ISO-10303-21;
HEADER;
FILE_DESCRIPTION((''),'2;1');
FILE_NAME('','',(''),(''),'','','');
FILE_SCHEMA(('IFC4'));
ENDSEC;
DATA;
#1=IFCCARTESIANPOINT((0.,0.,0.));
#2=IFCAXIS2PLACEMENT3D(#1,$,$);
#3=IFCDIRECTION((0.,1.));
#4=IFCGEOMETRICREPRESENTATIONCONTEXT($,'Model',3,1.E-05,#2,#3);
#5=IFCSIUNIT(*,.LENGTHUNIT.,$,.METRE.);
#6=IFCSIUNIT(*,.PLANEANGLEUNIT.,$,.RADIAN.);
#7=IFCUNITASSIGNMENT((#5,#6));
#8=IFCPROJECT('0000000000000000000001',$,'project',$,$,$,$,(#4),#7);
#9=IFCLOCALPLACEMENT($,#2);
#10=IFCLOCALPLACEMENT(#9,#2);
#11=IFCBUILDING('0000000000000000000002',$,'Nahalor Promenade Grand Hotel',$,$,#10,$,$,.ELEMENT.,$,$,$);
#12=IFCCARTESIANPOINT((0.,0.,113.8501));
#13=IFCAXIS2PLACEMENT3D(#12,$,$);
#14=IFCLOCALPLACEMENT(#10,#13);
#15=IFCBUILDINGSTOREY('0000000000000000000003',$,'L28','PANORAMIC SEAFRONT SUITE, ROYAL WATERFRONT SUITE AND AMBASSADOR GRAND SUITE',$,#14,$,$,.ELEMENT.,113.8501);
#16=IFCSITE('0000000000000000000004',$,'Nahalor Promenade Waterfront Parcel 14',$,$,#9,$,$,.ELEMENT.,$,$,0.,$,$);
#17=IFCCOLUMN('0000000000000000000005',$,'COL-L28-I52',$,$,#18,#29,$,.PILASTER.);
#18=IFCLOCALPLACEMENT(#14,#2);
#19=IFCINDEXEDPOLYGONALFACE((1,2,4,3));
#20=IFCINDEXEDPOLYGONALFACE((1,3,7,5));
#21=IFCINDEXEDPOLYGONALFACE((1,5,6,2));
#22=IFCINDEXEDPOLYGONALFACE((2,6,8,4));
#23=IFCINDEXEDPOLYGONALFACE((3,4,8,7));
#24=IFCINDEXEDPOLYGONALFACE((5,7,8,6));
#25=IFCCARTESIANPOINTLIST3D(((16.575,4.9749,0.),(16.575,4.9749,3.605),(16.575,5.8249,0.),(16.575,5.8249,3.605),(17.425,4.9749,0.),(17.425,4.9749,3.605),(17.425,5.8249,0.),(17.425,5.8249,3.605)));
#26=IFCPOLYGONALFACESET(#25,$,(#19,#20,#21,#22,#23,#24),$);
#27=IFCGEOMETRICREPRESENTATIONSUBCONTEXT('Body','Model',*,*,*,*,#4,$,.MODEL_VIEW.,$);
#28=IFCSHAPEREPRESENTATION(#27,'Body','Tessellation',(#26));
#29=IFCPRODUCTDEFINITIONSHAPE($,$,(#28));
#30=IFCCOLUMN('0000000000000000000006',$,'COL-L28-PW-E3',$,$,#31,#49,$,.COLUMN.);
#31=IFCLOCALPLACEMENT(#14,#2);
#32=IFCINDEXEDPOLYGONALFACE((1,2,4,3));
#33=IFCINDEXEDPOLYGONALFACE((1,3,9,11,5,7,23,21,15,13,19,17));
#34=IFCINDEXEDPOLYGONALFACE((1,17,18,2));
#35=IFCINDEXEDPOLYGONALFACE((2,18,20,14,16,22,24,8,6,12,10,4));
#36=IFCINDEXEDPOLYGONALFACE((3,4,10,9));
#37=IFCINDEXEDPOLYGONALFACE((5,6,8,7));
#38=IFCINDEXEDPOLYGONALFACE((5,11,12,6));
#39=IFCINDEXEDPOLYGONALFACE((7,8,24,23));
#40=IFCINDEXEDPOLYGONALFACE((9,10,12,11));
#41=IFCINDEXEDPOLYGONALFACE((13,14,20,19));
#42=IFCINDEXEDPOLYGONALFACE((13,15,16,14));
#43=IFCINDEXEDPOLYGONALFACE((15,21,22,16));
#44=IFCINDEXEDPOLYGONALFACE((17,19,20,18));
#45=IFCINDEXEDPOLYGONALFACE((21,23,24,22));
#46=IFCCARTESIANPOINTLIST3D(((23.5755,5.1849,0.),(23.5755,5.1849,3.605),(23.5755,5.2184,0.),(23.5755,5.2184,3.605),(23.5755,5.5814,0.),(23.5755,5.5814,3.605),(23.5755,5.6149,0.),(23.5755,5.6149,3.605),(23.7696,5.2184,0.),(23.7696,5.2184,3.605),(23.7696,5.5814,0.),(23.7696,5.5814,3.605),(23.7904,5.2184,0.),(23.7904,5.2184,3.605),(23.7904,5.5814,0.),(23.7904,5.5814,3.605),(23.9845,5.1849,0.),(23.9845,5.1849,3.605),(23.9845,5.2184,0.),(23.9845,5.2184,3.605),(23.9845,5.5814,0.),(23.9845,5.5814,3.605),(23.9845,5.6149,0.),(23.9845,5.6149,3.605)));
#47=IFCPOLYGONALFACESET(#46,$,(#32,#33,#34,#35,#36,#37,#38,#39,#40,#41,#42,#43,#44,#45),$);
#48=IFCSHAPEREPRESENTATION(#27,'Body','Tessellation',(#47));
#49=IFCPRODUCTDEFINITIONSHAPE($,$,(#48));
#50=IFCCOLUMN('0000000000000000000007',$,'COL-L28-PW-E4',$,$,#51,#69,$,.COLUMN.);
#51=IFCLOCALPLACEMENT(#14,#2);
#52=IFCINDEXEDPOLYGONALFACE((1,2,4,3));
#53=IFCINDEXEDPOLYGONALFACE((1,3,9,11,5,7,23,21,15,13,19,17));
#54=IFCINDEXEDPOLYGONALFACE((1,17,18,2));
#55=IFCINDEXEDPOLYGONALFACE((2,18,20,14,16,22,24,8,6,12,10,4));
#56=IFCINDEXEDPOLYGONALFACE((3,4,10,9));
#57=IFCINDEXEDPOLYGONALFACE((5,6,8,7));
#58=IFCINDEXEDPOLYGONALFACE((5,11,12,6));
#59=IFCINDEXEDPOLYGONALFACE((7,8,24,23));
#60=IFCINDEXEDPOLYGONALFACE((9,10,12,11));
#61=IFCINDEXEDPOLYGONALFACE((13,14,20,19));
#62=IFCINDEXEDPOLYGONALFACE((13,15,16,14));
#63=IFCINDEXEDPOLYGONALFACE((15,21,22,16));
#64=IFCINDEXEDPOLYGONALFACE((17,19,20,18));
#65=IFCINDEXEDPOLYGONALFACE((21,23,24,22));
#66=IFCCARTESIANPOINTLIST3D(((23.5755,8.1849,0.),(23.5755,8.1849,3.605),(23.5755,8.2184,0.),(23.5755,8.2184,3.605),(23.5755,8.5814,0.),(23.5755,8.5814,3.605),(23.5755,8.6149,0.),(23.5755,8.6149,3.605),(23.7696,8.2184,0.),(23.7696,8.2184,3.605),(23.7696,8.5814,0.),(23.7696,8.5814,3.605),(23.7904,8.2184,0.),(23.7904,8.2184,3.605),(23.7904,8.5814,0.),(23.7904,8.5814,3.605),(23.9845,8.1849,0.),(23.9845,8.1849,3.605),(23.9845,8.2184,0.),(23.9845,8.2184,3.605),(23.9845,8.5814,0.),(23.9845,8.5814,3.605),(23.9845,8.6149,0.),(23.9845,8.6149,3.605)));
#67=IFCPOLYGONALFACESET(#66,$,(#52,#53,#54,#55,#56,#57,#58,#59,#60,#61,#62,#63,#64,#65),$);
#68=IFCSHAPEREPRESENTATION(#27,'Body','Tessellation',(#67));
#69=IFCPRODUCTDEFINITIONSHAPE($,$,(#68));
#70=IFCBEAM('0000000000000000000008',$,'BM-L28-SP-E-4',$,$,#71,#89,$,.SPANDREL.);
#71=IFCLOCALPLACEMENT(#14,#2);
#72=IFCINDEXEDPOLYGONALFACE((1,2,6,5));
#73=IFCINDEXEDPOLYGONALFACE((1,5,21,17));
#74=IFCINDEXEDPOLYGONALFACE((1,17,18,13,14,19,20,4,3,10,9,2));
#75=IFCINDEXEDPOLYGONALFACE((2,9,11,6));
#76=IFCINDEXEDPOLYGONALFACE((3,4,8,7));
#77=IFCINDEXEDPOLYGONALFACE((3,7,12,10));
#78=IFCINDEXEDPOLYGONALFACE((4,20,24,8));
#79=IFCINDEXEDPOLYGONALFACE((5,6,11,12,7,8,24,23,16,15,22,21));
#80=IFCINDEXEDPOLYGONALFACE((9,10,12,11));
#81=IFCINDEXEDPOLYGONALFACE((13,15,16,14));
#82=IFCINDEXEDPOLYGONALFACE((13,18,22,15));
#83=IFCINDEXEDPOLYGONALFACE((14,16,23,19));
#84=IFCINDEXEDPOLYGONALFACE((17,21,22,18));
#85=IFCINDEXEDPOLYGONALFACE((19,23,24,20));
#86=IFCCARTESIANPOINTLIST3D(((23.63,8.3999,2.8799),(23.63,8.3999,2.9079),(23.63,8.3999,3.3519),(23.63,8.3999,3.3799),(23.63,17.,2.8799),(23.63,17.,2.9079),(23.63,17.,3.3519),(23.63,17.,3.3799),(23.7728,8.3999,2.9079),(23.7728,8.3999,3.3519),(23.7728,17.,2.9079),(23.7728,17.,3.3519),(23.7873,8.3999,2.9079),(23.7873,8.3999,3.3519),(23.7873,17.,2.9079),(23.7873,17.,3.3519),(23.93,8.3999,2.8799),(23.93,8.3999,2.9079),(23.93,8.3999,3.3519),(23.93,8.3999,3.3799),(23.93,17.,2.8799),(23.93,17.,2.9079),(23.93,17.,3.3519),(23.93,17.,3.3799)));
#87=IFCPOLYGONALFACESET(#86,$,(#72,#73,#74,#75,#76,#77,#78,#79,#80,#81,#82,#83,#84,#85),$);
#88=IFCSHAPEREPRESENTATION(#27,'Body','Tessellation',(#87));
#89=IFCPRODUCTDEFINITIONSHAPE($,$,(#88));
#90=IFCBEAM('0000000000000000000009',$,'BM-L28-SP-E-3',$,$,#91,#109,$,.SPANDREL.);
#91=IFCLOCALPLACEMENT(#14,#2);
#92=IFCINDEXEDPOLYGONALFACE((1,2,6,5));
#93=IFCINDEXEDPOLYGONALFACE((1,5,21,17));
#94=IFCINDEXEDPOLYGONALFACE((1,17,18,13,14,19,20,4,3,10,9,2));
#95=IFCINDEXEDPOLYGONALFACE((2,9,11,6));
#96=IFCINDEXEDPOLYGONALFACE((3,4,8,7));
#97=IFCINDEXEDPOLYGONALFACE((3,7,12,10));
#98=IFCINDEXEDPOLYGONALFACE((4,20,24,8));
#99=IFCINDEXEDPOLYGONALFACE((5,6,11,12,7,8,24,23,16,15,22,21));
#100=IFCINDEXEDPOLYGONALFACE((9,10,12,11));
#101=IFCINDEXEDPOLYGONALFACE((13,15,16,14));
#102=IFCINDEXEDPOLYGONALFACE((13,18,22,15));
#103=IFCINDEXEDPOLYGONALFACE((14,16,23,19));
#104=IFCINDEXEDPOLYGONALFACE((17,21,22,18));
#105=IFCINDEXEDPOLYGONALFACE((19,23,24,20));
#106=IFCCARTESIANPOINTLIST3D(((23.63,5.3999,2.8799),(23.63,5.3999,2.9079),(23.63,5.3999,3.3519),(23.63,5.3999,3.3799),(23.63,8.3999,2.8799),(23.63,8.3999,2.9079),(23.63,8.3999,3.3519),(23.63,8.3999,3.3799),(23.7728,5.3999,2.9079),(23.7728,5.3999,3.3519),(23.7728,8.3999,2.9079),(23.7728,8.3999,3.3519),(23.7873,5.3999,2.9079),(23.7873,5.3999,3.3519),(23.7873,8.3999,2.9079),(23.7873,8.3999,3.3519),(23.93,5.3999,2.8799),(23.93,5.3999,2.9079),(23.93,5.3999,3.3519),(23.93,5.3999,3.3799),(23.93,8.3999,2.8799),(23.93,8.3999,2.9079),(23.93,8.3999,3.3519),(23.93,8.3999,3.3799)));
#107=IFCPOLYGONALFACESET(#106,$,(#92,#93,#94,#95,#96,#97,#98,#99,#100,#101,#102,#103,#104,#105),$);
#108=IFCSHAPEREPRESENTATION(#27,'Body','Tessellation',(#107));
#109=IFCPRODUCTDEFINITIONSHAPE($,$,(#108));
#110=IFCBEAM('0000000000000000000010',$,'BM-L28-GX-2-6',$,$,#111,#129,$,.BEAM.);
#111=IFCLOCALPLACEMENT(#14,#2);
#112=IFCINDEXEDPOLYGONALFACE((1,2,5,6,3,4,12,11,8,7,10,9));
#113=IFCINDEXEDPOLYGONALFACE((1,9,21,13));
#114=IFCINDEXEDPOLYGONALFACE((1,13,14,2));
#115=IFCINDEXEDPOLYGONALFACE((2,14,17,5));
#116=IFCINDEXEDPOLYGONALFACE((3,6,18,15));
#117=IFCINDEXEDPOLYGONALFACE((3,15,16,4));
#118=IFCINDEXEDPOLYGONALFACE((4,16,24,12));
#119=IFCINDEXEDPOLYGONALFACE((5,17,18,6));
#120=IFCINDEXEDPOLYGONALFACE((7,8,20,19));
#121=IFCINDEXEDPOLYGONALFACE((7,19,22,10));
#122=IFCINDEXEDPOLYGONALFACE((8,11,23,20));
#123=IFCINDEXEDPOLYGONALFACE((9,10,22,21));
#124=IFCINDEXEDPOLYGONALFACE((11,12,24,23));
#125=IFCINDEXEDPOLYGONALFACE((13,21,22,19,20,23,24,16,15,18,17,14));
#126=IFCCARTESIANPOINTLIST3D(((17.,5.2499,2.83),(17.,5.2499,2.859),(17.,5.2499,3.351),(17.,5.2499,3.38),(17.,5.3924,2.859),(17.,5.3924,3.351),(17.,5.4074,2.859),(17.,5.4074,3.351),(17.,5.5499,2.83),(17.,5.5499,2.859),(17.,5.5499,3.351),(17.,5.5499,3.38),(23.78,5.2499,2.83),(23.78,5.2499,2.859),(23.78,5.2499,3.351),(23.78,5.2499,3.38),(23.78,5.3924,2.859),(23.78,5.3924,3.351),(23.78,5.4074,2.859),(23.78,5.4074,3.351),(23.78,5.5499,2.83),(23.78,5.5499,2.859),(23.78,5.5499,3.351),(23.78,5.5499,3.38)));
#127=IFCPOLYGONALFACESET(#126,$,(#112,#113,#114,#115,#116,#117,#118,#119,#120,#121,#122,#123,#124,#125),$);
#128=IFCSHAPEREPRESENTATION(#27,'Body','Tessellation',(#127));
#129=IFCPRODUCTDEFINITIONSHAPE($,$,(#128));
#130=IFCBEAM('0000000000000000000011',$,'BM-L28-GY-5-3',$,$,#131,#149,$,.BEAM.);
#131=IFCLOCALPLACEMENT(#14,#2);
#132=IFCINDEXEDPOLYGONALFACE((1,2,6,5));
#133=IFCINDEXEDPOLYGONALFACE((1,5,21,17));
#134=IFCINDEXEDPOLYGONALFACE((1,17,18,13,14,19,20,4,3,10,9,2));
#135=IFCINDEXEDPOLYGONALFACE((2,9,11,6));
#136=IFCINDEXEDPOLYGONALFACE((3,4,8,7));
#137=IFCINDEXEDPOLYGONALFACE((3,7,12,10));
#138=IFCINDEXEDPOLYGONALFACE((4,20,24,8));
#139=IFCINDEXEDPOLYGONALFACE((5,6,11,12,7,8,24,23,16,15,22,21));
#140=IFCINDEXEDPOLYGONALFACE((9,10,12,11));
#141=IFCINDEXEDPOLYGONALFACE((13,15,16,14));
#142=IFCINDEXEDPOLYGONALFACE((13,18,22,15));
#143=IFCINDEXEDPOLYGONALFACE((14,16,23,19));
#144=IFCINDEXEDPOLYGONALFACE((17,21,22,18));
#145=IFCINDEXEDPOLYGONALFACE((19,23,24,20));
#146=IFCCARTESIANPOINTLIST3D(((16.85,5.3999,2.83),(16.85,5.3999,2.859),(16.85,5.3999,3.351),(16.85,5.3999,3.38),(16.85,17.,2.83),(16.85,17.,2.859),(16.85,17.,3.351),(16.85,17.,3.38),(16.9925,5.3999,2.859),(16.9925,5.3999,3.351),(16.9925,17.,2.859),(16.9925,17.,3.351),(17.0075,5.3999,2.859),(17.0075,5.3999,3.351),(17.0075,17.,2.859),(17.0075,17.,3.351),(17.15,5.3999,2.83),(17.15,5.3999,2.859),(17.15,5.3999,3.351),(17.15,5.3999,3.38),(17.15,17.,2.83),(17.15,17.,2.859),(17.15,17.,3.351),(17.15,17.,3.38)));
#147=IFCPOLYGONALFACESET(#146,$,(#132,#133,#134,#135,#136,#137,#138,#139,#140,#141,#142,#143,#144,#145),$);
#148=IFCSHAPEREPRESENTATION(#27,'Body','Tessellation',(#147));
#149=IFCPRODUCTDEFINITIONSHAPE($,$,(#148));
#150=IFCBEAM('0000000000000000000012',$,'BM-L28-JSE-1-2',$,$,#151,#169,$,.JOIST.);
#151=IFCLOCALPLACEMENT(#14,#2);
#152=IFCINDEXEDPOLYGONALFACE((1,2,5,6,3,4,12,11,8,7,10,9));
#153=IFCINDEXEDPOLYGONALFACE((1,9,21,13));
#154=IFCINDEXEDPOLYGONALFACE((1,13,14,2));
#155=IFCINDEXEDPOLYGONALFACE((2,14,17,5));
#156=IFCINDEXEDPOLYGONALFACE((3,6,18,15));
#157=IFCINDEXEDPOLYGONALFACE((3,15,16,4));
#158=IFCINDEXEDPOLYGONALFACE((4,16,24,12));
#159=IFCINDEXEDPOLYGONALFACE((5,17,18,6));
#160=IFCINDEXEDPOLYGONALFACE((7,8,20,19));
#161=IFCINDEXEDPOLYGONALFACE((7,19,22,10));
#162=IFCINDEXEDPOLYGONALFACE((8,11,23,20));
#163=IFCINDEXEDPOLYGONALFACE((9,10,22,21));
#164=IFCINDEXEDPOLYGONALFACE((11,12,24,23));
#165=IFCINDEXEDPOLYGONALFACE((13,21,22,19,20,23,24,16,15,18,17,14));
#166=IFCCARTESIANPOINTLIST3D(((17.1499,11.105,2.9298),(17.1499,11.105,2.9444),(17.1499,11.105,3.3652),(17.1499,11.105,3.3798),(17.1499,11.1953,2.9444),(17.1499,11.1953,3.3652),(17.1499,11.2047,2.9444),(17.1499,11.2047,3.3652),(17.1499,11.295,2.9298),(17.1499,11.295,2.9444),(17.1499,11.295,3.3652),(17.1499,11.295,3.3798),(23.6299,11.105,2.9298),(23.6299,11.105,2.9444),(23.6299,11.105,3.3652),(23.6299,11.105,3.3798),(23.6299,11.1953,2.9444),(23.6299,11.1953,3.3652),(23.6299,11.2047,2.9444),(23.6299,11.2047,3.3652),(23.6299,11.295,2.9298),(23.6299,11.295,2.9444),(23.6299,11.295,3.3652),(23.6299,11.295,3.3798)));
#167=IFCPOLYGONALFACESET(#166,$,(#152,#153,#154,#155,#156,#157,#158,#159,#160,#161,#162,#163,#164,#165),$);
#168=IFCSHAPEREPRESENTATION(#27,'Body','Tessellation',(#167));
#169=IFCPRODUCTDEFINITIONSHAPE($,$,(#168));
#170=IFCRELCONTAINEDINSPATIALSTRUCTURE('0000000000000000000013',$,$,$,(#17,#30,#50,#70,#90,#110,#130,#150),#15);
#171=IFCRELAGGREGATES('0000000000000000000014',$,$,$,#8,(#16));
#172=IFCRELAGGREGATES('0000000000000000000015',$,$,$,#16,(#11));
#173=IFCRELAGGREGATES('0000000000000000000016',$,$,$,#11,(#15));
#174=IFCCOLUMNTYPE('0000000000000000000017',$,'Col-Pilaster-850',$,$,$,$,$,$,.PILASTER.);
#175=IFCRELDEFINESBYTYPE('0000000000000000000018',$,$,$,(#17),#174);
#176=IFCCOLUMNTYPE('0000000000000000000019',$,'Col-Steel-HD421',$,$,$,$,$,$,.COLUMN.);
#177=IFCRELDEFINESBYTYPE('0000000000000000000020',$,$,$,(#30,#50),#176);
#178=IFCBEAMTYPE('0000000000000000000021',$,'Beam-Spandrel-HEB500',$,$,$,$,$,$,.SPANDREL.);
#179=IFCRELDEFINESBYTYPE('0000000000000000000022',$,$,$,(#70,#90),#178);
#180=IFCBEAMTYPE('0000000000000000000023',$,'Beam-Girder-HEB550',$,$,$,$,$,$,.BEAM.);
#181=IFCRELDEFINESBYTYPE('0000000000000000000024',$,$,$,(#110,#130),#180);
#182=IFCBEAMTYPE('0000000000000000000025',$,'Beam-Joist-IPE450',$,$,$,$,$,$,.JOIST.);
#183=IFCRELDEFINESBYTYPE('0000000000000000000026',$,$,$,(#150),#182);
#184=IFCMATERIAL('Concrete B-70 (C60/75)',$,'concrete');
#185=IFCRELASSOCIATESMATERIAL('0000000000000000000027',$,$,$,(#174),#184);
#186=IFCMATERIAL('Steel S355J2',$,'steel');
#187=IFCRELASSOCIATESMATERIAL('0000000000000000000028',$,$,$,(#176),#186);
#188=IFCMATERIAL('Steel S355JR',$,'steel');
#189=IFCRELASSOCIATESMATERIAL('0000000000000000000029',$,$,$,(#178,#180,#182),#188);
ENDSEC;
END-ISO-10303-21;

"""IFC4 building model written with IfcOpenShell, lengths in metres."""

from ifc_helpers import new_model, si_unit, direction, frame, origin, origin_2d, place, context, subcontext, project, spatial, rectangle, i_section, extrude, source, transform, mapped, material, material_profile, profile_set, type_object, element, save


model = new_model("IFC4")

# Units and contexts
model_context = context("Model", 3, precision=1e-05, world=origin(), true_north=direction((0.0, 1.0)))
body_context = subcontext(model_context, "Body", "Model", "MODEL_VIEW")
ifc_project = project(units=[si_unit("LENGTHUNIT", "METRE"), si_unit("PLANEANGLEUNIT", "RADIAN")], contexts=[model_context])

# Site, building, storey
site_placement = place(None, origin())
site = spatial("IfcSite", under=ifc_project, at=site_placement, Name="Nahalor Promenade Waterfront Parcel 14", CompositionType="ELEMENT", RefElevation=0.0)
building_placement = place(site_placement, origin())
building = spatial("IfcBuilding", under=site, at=building_placement, Name="Nahalor Promenade Grand Hotel", CompositionType="ELEMENT")
storey_placement = place(building_placement, frame((0.0, 0.0, 113.8501)))
storey = spatial("IfcBuildingStorey", under=building, at=storey_placement, Name="L28", Description="PANORAMIC SEAFRONT SUITE, ROYAL WATERFRONT SUITE AND AMBASSADOR GRAND SUITE", CompositionType="ELEMENT", Elevation=113.8501)

# Columns
ifc_material_1 = material(Name="Concrete B-70 (C60/75)", Category="concrete")
ifc_material_profile_1 = material_profile(ifc_material_1, rectangle(XDim=0.85, YDim=0.85, at=origin_2d()), Name="RC 850x850")
ifc_profile_set_1 = profile_set([ifc_material_profile_1], Name="Concrete B-70 (C60/75)")
column_type_1 = type_object("IfcColumnType", Name="Col-Pilaster-850", PredefinedType="PILASTER", material=ifc_profile_set_1)
shared_shape_1 = source(origin(), body_context, "Body", "SweptSolid", [
    extrude(rectangle(XDim=0.85, YDim=0.85, at=origin_2d()), origin(), (0.0, 0.0, 1.0), 3.605),
])
column_placement = place(storey_placement, frame((17.0, 5.3999, 0.0), z_axis=(0.0, 0.0, 1.0), x_axis=(1.0, 0.0, 0.0)))
element("IfcColumn", 1, at=column_placement, inside=storey, type_object=column_type_1, Name="COL-L28-I52", PredefinedType="PILASTER", context=body_context, shape_type="MappedRepresentation", body=[
    mapped(shared_shape_1, transform((0.0, 0.0, 0.0), scale=1.0)),
])
ifc_material_2 = material(Name="Steel S355J2", Category="steel")
ifc_material_profile_2 = material_profile(ifc_material_2, i_section(OverallWidth=0.409, OverallDepth=0.43, WebThickness=0.0208, FlangeThickness=0.0335, at=origin_2d()), Name="HD 400x421")
ifc_profile_set_2 = profile_set([ifc_material_profile_2], Name="Steel S355J2")
column_type_2 = type_object("IfcColumnType", Name="Col-Steel-HD421", PredefinedType="COLUMN", material=ifc_profile_set_2)
shared_shape_2 = source(origin(), body_context, "Body", "SweptSolid", [
    extrude(i_section(OverallWidth=0.409, OverallDepth=0.43, WebThickness=0.0208, FlangeThickness=0.0335, at=origin_2d()), origin(), (0.0, 0.0, 1.0), 3.605),
])
for number, where, z_axis, x_axis, name in (
    (2, (23.78, 5.3999, 0.0), (0.0, 0.0, 1.0), (1.0, 0.0, 0.0), "COL-L28-PW-E3"),
    (3, (23.78, 8.3999, 0.0), (0.0, 0.0, 1.0), (1.0, 0.0, 0.0), "COL-L28-PW-E4"),
):
    element("IfcColumn", number, at=place(storey_placement, frame(where, z_axis=z_axis, x_axis=x_axis)), inside=storey, type_object=column_type_2, Name=name, PredefinedType="COLUMN", context=body_context, shape_type="MappedRepresentation", body=[
        mapped(shared_shape_2, transform((0.0, 0.0, 0.0), scale=1.0)),
    ])

# Beams
ifc_material_3 = material(Name="Steel S355JR", Category="steel")
ifc_material_profile_3 = material_profile(ifc_material_3, i_section(OverallWidth=0.3, OverallDepth=0.5, WebThickness=0.0145, FlangeThickness=0.028, at=origin_2d()), Name="HEB 500")
ifc_profile_set_3 = profile_set([ifc_material_profile_3], Name="Steel S355JR")
beam_type_1 = type_object("IfcBeamType", Name="Beam-Spandrel-HEB500", PredefinedType="SPANDREL", material=ifc_profile_set_3)
shared_shape_3 = source(origin(), body_context, "Body", "SweptSolid", [
    extrude(i_section(OverallWidth=0.3, OverallDepth=0.5, WebThickness=0.0145, FlangeThickness=0.028, at=origin_2d()), origin(), (0.0, 0.0, 1.0), 8.6001),
])
beam_1_placement = place(storey_placement, frame((23.78, 8.3999, 3.1299), z_axis=(0.0, 1.0, 0.0), x_axis=(-1.0, 0.0, 0.0)))
element("IfcBeam", 4, at=beam_1_placement, inside=storey, type_object=beam_type_1, Name="BM-L28-SP-E-4", PredefinedType="SPANDREL", context=body_context, shape_type="MappedRepresentation", body=[
    mapped(shared_shape_3, transform((0.0, 0.0, 0.0), scale=1.0)),
])
shared_shape_4 = source(origin(), body_context, "Body", "SweptSolid", [
    extrude(i_section(OverallWidth=0.3, OverallDepth=0.5, WebThickness=0.0145, FlangeThickness=0.028, at=origin_2d()), origin(), (0.0, 0.0, 1.0), 3.0),
])
beam_2_placement = place(storey_placement, frame((23.78, 5.3999, 3.1299), z_axis=(0.0, 1.0, 0.0), x_axis=(-1.0, 0.0, 0.0)))
element("IfcBeam", 5, at=beam_2_placement, inside=storey, type_object=beam_type_1, Name="BM-L28-SP-E-3", PredefinedType="SPANDREL", context=body_context, shape_type="MappedRepresentation", body=[
    mapped(shared_shape_4, transform((0.0, 0.0, 0.0), scale=1.0)),
])
ifc_material_profile_4 = material_profile(ifc_material_3, i_section(OverallWidth=0.3, OverallDepth=0.55, WebThickness=0.015, FlangeThickness=0.029, at=origin_2d()), Name="HEB 550")
ifc_profile_set_4 = profile_set([ifc_material_profile_4], Name="Steel S355JR")
beam_type_2 = type_object("IfcBeamType", Name="Beam-Girder-HEB550", PredefinedType="BEAM", material=ifc_profile_set_4)
shared_shape_5 = source(origin(), body_context, "Body", "SweptSolid", [
    extrude(i_section(OverallWidth=0.3, OverallDepth=0.55, WebThickness=0.015, FlangeThickness=0.029, at=origin_2d()), origin(), (0.0, 0.0, 1.0), 6.78),
])
beam_3_placement = place(storey_placement, frame((17.0, 5.3999, 3.105), z_axis=(1.0, 0.0, 0.0), x_axis=(0.0, 1.0, 0.0)))
element("IfcBeam", 6, at=beam_3_placement, inside=storey, type_object=beam_type_2, Name="BM-L28-GX-2-6", PredefinedType="BEAM", context=body_context, shape_type="MappedRepresentation", body=[
    mapped(shared_shape_5, transform((0.0, 0.0, 0.0), scale=1.0)),
])
shared_shape_6 = source(origin(), body_context, "Body", "SweptSolid", [
    extrude(i_section(OverallWidth=0.3, OverallDepth=0.55, WebThickness=0.015, FlangeThickness=0.029, at=origin_2d()), origin(), (0.0, 0.0, 1.0), 11.6001),
])
beam_4_placement = place(storey_placement, frame((17.0, 5.3999, 3.105), z_axis=(0.0, 1.0, 0.0), x_axis=(-1.0, 0.0, 0.0)))
element("IfcBeam", 7, at=beam_4_placement, inside=storey, type_object=beam_type_2, Name="BM-L28-GY-5-3", PredefinedType="BEAM", context=body_context, shape_type="MappedRepresentation", body=[
    mapped(shared_shape_6, transform((0.0, 0.0, 0.0), scale=1.0)),
])
ifc_material_profile_5 = material_profile(ifc_material_3, i_section(OverallWidth=0.19, OverallDepth=0.45, WebThickness=0.0094, FlangeThickness=0.0146, at=origin_2d()), Name="IPE 450")
ifc_profile_set_5 = profile_set([ifc_material_profile_5], Name="Steel S355JR")
beam_type_3 = type_object("IfcBeamType", Name="Beam-Joist-IPE450", PredefinedType="JOIST", material=ifc_profile_set_5)
shared_shape_7 = source(origin(), body_context, "Body", "SweptSolid", [
    extrude(i_section(OverallWidth=0.19, OverallDepth=0.45, WebThickness=0.0094, FlangeThickness=0.0146, at=origin_2d()), origin(), (0.0, 0.0, 1.0), 6.48),
])
beam_5_placement = place(storey_placement, frame((17.1499, 11.2, 3.1548), z_axis=(1.0, 0.0, 0.0), x_axis=(0.0, 1.0, 0.0)))
element("IfcBeam", 8, at=beam_5_placement, inside=storey, type_object=beam_type_3, Name="BM-L28-JSE-1-2", PredefinedType="JOIST", context=body_context, shape_type="MappedRepresentation", body=[
    mapped(shared_shape_7, transform((0.0, 0.0, 0.0), scale=1.0)),
])

save(model, "model.ifc")
